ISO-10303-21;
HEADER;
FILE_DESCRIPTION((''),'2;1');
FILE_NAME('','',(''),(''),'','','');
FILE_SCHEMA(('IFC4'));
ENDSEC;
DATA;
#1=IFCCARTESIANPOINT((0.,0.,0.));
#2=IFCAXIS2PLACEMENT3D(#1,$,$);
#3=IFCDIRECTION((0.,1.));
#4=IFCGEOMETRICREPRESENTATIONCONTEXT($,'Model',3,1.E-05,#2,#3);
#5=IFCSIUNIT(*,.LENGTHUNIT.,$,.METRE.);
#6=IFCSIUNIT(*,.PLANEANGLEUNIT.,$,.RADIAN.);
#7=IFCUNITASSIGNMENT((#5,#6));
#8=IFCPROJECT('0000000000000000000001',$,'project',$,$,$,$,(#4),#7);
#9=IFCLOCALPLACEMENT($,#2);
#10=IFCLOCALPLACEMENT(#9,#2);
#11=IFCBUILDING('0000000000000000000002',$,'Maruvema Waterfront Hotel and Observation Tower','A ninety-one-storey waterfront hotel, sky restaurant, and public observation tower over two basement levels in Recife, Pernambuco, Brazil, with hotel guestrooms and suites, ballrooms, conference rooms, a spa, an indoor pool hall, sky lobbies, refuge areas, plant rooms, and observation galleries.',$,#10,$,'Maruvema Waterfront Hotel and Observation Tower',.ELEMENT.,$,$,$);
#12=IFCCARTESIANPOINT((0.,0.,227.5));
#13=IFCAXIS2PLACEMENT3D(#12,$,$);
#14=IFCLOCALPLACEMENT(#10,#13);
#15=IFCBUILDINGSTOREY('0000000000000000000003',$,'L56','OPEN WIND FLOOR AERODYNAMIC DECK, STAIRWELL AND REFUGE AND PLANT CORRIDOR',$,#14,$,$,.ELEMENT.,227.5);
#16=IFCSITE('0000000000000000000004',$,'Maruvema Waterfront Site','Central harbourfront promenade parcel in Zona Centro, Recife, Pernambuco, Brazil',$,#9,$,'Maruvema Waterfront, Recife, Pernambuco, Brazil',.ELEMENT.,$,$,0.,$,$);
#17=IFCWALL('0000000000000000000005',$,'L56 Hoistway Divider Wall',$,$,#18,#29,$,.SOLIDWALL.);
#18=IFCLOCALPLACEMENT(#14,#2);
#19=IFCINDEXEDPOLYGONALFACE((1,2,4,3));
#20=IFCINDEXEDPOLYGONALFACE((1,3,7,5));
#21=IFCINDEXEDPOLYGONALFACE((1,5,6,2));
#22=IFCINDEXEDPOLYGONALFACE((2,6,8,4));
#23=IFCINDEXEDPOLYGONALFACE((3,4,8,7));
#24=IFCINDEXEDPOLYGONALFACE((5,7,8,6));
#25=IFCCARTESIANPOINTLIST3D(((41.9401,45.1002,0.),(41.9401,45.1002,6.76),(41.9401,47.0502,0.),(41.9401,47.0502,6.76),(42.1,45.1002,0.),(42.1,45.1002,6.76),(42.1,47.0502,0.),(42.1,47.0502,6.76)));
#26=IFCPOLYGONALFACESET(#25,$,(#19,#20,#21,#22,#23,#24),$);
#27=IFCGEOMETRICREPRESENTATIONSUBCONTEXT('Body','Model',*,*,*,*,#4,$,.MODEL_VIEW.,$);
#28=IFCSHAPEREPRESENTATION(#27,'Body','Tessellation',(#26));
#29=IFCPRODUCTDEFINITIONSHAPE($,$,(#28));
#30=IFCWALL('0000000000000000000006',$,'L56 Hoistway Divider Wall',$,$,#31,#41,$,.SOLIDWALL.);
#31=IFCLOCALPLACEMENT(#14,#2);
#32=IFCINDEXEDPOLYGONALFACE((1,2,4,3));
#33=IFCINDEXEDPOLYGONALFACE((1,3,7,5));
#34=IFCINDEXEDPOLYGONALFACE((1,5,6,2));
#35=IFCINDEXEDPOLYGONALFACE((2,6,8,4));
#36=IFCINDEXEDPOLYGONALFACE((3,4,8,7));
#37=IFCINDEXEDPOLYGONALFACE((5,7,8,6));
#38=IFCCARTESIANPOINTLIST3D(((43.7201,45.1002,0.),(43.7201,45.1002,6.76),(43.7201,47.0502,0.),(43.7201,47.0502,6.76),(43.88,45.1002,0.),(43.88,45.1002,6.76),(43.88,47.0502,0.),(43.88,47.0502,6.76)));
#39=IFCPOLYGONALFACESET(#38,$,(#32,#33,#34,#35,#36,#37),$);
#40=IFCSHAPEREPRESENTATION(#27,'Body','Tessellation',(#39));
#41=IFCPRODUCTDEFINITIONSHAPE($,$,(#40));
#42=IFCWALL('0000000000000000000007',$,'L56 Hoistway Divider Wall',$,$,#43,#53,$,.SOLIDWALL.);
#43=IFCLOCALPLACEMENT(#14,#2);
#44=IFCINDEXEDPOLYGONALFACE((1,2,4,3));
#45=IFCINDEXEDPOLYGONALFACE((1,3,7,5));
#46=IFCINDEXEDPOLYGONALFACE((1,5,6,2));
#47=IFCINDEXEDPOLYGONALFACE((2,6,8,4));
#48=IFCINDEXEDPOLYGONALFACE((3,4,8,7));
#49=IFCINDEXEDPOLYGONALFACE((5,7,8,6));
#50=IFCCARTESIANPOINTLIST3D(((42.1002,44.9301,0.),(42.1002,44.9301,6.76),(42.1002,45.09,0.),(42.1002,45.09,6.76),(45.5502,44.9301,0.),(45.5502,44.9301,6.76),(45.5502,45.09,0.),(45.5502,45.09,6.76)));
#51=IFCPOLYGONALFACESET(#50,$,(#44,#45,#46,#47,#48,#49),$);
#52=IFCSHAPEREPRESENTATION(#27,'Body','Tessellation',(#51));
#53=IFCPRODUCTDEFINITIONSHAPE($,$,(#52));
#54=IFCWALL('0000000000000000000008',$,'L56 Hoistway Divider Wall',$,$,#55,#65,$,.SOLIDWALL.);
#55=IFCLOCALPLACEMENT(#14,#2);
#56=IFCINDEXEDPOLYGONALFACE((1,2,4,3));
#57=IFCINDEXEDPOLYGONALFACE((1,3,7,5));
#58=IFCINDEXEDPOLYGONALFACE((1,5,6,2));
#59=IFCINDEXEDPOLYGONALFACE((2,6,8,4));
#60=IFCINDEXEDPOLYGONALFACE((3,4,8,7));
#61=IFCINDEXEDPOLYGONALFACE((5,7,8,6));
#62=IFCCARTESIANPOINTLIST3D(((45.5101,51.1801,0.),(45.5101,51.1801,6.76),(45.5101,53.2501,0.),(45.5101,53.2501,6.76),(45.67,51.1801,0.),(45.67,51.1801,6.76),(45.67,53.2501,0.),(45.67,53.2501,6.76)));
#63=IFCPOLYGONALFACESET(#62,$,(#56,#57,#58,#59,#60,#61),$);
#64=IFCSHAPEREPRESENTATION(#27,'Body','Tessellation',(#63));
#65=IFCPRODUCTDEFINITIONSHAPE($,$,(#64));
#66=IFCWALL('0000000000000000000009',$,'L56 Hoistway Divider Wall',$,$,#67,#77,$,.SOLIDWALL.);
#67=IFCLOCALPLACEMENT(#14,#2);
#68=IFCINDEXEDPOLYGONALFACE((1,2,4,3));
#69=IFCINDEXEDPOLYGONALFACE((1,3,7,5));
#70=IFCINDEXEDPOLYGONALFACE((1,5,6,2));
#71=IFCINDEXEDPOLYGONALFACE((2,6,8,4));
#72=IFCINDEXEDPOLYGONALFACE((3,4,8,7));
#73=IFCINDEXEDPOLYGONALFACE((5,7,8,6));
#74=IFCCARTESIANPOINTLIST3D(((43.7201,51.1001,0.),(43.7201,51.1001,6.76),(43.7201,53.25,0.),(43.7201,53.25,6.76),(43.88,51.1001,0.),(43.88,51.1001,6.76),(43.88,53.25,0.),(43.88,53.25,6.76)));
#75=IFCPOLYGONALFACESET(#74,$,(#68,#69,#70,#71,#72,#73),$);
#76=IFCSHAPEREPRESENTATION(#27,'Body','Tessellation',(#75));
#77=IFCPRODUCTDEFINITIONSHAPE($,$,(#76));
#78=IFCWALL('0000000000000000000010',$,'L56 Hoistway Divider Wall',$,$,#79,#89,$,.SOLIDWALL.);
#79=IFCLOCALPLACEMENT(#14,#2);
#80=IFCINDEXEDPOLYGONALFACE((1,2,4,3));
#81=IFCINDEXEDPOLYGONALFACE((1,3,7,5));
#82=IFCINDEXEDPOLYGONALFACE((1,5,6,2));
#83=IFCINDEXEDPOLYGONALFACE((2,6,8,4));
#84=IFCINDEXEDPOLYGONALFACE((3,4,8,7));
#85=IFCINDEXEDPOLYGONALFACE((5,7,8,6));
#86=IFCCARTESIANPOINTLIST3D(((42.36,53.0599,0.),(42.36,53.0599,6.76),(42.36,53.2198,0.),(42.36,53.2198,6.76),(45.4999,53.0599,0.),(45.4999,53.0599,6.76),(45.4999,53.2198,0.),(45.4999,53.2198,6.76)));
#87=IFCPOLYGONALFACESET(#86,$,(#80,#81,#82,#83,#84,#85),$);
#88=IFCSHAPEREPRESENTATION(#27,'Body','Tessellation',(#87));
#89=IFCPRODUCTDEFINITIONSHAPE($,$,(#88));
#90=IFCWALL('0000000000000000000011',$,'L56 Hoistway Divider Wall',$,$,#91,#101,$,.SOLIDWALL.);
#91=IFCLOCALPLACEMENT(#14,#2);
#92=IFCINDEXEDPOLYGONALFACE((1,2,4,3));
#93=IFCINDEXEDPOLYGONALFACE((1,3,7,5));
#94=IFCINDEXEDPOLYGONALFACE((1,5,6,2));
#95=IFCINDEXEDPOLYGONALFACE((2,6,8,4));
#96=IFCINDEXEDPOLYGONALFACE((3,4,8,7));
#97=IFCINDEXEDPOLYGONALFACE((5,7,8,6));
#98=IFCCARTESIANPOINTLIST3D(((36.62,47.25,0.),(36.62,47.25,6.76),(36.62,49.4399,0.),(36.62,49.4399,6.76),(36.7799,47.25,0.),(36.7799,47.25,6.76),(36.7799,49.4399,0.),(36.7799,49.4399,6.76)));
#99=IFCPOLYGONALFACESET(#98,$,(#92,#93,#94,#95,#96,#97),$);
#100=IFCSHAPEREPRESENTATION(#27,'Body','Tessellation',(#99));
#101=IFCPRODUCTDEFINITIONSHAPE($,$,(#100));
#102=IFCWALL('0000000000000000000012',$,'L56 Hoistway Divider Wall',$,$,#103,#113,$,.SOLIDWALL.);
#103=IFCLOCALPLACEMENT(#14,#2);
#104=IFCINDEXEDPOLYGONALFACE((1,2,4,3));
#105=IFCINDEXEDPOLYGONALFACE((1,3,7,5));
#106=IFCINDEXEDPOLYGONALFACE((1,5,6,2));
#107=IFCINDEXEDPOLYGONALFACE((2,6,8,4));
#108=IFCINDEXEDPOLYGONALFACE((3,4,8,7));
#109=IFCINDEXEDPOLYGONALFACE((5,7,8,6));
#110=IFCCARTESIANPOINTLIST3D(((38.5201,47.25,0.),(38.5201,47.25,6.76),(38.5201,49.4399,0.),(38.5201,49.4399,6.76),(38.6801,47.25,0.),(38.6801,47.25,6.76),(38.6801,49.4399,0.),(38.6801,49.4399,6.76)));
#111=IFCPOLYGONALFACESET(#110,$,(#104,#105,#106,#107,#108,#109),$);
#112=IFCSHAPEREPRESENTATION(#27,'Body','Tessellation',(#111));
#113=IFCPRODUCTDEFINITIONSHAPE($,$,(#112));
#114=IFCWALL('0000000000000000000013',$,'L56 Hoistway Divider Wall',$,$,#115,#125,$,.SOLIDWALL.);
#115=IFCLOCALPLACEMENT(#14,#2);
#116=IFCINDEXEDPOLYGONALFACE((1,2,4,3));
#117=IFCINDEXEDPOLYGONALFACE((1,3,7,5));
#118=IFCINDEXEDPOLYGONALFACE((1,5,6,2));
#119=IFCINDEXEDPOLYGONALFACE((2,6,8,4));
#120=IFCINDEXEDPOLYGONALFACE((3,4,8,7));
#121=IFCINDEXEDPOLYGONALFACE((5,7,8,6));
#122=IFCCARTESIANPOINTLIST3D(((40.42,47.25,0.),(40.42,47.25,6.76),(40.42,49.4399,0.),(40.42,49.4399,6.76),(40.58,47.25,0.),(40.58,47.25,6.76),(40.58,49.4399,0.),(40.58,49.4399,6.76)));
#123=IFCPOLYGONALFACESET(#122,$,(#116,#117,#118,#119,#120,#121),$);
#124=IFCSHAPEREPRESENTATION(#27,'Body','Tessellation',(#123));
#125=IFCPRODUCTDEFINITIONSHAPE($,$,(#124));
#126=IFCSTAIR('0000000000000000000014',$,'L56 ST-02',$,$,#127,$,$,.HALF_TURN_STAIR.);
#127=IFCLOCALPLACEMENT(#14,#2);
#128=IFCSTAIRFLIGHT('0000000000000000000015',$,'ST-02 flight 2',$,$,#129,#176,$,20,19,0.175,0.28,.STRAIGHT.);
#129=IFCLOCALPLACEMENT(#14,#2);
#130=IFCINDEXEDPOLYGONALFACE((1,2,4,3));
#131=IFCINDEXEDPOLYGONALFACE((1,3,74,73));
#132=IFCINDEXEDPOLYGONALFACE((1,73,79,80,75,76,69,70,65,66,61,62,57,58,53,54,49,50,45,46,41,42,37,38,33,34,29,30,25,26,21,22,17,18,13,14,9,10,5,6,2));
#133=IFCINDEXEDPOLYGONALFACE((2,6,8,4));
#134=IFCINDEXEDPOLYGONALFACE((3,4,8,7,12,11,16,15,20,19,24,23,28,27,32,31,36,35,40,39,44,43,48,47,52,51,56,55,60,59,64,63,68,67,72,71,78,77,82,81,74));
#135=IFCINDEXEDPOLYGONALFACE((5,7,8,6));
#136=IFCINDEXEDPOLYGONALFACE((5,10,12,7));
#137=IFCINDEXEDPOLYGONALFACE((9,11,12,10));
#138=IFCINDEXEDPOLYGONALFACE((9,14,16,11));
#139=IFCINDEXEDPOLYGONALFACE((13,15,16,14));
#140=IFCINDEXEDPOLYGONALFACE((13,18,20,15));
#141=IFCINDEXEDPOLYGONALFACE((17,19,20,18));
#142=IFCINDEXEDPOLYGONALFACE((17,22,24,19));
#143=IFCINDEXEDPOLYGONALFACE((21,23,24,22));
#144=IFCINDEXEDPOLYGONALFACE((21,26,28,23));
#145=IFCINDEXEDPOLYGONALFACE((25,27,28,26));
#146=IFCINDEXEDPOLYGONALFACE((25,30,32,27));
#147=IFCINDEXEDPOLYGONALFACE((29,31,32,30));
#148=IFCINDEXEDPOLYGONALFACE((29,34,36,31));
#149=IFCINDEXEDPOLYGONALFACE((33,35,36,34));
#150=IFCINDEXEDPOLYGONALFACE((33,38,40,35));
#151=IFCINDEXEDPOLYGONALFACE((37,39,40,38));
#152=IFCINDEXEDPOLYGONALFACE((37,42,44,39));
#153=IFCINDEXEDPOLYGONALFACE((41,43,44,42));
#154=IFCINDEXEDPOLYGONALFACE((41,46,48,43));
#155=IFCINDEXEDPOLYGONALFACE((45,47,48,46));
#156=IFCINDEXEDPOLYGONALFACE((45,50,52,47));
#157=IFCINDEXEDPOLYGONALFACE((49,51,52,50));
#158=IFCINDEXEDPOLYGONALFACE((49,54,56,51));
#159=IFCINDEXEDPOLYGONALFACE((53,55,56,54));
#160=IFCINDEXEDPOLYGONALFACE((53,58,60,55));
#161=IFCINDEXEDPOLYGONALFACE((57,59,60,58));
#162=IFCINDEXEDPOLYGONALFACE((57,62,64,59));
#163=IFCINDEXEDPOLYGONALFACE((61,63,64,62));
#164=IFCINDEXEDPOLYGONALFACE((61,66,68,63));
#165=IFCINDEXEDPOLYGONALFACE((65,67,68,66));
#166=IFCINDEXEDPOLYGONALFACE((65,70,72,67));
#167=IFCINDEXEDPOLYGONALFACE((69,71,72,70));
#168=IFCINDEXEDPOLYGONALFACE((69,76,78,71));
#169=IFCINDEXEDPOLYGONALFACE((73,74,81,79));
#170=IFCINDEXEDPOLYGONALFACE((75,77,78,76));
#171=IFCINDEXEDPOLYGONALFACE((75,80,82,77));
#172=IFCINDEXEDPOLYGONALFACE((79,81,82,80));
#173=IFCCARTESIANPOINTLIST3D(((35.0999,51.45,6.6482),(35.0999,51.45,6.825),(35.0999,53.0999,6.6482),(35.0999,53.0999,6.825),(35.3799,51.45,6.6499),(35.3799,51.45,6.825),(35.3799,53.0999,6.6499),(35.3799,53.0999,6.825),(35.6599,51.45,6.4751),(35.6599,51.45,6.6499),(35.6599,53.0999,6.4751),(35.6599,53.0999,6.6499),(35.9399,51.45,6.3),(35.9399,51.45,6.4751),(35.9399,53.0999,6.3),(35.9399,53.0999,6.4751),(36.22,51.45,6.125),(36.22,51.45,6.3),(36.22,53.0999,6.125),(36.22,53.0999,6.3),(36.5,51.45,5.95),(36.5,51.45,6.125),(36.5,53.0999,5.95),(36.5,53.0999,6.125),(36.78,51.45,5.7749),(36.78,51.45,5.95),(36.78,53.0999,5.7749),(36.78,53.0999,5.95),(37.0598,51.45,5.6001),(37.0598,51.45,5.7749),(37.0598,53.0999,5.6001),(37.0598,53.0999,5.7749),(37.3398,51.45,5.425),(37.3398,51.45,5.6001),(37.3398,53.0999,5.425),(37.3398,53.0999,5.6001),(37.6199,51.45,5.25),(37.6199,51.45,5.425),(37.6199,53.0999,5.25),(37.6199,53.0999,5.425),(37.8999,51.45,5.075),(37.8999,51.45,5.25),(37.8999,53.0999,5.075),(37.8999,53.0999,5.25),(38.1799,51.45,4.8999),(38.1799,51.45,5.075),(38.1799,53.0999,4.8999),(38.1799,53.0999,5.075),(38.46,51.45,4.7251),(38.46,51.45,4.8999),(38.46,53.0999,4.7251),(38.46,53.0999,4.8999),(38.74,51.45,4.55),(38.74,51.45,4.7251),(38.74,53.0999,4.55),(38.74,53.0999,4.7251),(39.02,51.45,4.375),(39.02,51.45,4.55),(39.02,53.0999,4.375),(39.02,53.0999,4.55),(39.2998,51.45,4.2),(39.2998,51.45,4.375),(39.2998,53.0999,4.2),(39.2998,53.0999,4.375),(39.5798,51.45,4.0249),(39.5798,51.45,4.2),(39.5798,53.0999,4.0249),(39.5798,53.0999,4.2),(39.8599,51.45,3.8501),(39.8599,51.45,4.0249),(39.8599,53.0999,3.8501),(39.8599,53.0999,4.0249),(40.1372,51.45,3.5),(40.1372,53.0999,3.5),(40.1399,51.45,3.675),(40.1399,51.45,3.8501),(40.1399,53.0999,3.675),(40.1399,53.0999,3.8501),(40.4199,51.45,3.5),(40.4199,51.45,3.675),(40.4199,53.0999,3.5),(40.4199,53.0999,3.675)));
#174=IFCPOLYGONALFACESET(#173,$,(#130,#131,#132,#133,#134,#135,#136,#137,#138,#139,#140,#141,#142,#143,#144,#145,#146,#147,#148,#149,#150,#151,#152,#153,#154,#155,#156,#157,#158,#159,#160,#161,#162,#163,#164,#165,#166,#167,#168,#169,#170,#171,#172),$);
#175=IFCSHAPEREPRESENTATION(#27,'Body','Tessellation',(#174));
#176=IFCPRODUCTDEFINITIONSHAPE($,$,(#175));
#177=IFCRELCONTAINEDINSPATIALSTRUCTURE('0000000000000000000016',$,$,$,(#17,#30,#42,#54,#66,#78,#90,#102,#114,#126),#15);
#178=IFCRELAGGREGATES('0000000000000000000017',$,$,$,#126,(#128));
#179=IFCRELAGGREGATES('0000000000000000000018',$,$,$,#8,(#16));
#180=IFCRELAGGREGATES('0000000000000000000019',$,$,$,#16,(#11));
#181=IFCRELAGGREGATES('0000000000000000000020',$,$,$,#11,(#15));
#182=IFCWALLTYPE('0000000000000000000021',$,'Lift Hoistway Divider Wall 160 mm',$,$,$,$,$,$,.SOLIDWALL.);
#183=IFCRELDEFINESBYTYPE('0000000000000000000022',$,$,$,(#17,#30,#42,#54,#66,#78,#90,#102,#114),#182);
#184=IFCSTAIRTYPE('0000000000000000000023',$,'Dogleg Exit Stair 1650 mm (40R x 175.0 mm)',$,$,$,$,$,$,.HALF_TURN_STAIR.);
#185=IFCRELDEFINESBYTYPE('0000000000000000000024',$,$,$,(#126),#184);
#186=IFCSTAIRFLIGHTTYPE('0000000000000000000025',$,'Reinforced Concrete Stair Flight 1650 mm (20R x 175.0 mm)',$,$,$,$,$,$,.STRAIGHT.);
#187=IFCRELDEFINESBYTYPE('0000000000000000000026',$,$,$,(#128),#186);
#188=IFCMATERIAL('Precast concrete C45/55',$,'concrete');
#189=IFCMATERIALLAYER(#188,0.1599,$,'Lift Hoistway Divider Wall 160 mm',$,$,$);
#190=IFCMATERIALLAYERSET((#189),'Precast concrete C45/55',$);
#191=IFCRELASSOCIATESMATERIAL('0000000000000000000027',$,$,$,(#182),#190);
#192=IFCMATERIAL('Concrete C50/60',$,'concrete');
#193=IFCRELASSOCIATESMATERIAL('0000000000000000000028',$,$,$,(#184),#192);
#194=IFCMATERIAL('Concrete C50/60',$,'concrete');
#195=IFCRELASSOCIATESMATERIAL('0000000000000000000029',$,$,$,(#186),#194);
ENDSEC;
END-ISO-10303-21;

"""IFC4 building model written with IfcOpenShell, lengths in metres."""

from ifc_helpers import new_model, si_unit, direction, frame, frame_2d, origin, place, context, subcontext, project, spatial, polyline, rectangle, outline, extrude, material, layer, layer_set, type_object, element, aggregate, save


model = new_model("IFC4")

# Units and contexts
model_context = context("Model", 3, precision=1e-05, world=origin(), true_north=direction((0.0, 1.0)))
body_context = subcontext(model_context, "Body", "Model", "MODEL_VIEW")
ifc_project = project(units=[si_unit("LENGTHUNIT", "METRE"), si_unit("PLANEANGLEUNIT", "RADIAN")], contexts=[model_context])

# Site, building, storey
site_placement = place(None, origin())
site = spatial("IfcSite", under=ifc_project, at=site_placement, Name="Maruvema Waterfront Site", Description="Central harbourfront promenade parcel in Zona Centro, Recife, Pernambuco, Brazil", LongName="Maruvema Waterfront, Recife, Pernambuco, Brazil", CompositionType="ELEMENT", RefElevation=0.0)
building_placement = place(site_placement, origin())
building = spatial("IfcBuilding", under=site, at=building_placement, Name="Maruvema Waterfront Hotel and Observation Tower", Description="A ninety-one-storey waterfront hotel, sky restaurant, and public observation tower over two basement levels in Recife, Pernambuco, Brazil, with hotel guestrooms and suites, ballrooms, conference rooms, a spa, an indoor pool hall, sky lobbies, refuge areas, plant rooms, and observation galleries.", LongName="Maruvema Waterfront Hotel and Observation Tower", CompositionType="ELEMENT")
storey_placement = place(building_placement, frame((0.0, 0.0, 227.5)))
storey = spatial("IfcBuildingStorey", under=building, at=storey_placement, Name="L56", Description="OPEN WIND FLOOR AERODYNAMIC DECK, STAIRWELL AND REFUGE AND PLANT CORRIDOR", CompositionType="ELEMENT", Elevation=227.5)

# Walls
ifc_material_1 = material(Name="Precast concrete C45/55", Category="concrete")
ifc_layer_1 = layer(ifc_material_1, 0.1599, Name="Lift Hoistway Divider Wall 160 mm")
ifc_layer_set_1 = layer_set([ifc_layer_1], Name="Precast concrete C45/55")
wall_type_1 = type_object("IfcWallType", Name="Lift Hoistway Divider Wall 160 mm", PredefinedType="SOLIDWALL", material=ifc_layer_set_1)
for number, where, z_axis, x_axis, name in (
    (1, (42.02, 45.1001, 0.0), (0.0, 0.0, 1.0), (0.0, 1.0, 0.0), "L56 Hoistway Divider Wall"),
    (2, (43.8, 45.1001, 0.0), (0.0, 0.0, 1.0), (0.0, 1.0, 0.0), "L56 Hoistway Divider Wall"),
):
    element("IfcWall", number, at=place(storey_placement, frame(where, z_axis=z_axis, x_axis=x_axis)), inside=storey, type_object=wall_type_1, Name=name, PredefinedType="SOLIDWALL", context=body_context, shape_type="SweptSolid", body=[
        extrude(rectangle(XDim=1.95, YDim=0.1599, at=frame_2d((0.9751, 0.0))), origin(), (0.0, 0.0, 1.0), 6.76),
    ])
wall_1_placement = place(storey_placement, frame((42.1001, 45.01, 0.0), z_axis=(0.0, 0.0, 1.0), x_axis=(1.0, 0.0, 0.0)))
element("IfcWall", 3, at=wall_1_placement, inside=storey, type_object=wall_type_1, Name="L56 Hoistway Divider Wall", PredefinedType="SOLIDWALL", context=body_context, shape_type="SweptSolid", body=[
    extrude(rectangle(XDim=3.45, YDim=0.1599, at=frame_2d((1.7251, 0.0))), origin(), (0.0, 0.0, 1.0), 6.76),
])
wall_2_placement = place(storey_placement, frame((45.5901, 51.1799, 0.0), z_axis=(0.0, 0.0, 1.0), x_axis=(0.0, 1.0, 0.0)))
element("IfcWall", 4, at=wall_2_placement, inside=storey, type_object=wall_type_1, Name="L56 Hoistway Divider Wall", PredefinedType="SOLIDWALL", context=body_context, shape_type="SweptSolid", body=[
    extrude(rectangle(XDim=2.0701, YDim=0.1599, at=frame_2d((1.0352, 0.0))), origin(), (0.0, 0.0, 1.0), 6.76),
])
wall_3_placement = place(storey_placement, frame((43.8, 51.1001, 0.0), z_axis=(0.0, 0.0, 1.0), x_axis=(0.0, 1.0, 0.0)))
element("IfcWall", 5, at=wall_3_placement, inside=storey, type_object=wall_type_1, Name="L56 Hoistway Divider Wall", PredefinedType="SOLIDWALL", context=body_context, shape_type="SweptSolid", body=[
    extrude(rectangle(XDim=2.1499, YDim=0.1599, at=frame_2d((1.075, 0.0))), origin(), (0.0, 0.0, 1.0), 6.76),
])
wall_4_placement = place(storey_placement, frame((42.3601, 53.1399, 0.0), z_axis=(0.0, 0.0, 1.0), x_axis=(1.0, 0.0, 0.0)))
element("IfcWall", 6, at=wall_4_placement, inside=storey, type_object=wall_type_1, Name="L56 Hoistway Divider Wall", PredefinedType="SOLIDWALL", context=body_context, shape_type="SweptSolid", body=[
    extrude(rectangle(XDim=3.1399, YDim=0.1599, at=frame_2d((1.5698, 0.0))), origin(), (0.0, 0.0, 1.0), 6.76),
])
for number, where, z_axis, x_axis, name in (
    (7, (36.7, 47.25, 0.0), (0.0, 0.0, 1.0), (0.0, 1.0, 0.0), "L56 Hoistway Divider Wall"),
    (8, (38.6001, 47.25, 0.0), (0.0, 0.0, 1.0), (0.0, 1.0, 0.0), "L56 Hoistway Divider Wall"),
    (9, (40.5, 47.25, 0.0), (0.0, 0.0, 1.0), (0.0, 1.0, 0.0), "L56 Hoistway Divider Wall"),
):
    element("IfcWall", number, at=place(storey_placement, frame(where, z_axis=z_axis, x_axis=x_axis)), inside=storey, type_object=wall_type_1, Name=name, PredefinedType="SOLIDWALL", context=body_context, shape_type="SweptSolid", body=[
        extrude(rectangle(XDim=2.1899, YDim=0.1599, at=frame_2d((1.095, 0.0))), origin(), (0.0, 0.0, 1.0), 6.76),
    ])

# Stair, stair flight
ifc_material_2 = material(Name="Concrete C50/60", Category="concrete")
stair_type = type_object("IfcStairType", Name="Dogleg Exit Stair 1650 mm (40R x 175.0 mm)", PredefinedType="HALF_TURN_STAIR", material=ifc_material_2)
stair_1_placement = place(storey_placement, origin())
stair_1 = element("IfcStair", 10, at=stair_1_placement, inside=storey, type_object=stair_type, Name="L56 ST-02", PredefinedType="HALF_TURN_STAIR")
ifc_material_3 = material(Name="Concrete C50/60", Category="concrete")
stair_flight_type = type_object("IfcStairFlightType", Name="Reinforced Concrete Stair Flight 1650 mm (20R x 175.0 mm)", PredefinedType="STRAIGHT", material=ifc_material_3)
stair_flight_1_placement = place(storey_placement, frame((40.4199, 52.2749, 3.5), z_axis=(0.0, 0.0, 1.0), x_axis=(-1.0, 0.0, 0.0)))
stair_flight_1 = element("IfcStairFlight", 11, at=stair_flight_1_placement, type_object=stair_flight_type, Name="ST-02 flight 2", NumberOfRisers=20, NumberOfTreads=19, PredefinedType="STRAIGHT", RiserHeight=0.175, TreadLength=0.28, context=body_context, shape_type="SweptSolid", body=[
    extrude(outline(polyline([(0.0, 0.0), (0.0, 0.175), (0.28, 0.175), (0.28, 0.3501), (0.5601, 0.3501), (0.5601, 0.5249), (0.8401, 0.5249), (0.8401, 0.7), (1.1201, 0.7), (1.1201, 0.875), (1.3999, 0.875), (1.3999, 1.05), (1.6799, 1.05), (1.6799, 1.2251), (1.96, 1.2251), (1.96, 1.3999), (2.24, 1.3999), (2.24, 1.575), (2.52, 1.575), (2.52, 1.75), (2.8, 1.75), (2.8, 1.925), (3.0801, 1.925), (3.0801, 2.1001), (3.3601, 2.1001), (3.3601, 2.2749), (3.6399, 2.2749), (3.6399, 2.45), (3.9199, 2.45), (3.9199, 2.625), (4.2, 2.625), (4.2, 2.8), (4.48, 2.8), (4.48, 2.9751), (4.76, 2.9751), (4.76, 3.1499), (5.04, 3.1499), (5.04, 3.325), (5.3201, 3.325), (5.3201, 3.5), (5.3201, 3.1482), (0.2827, 0.0), (0.0, 0.0)])), frame((0.0, 0.825, 0.0), z_axis=(0.0, -1.0, 0.0), x_axis=(1.0, 0.0, 0.0)), (0.0, 0.0, 1.0), 1.6499),
])
aggregate(stair_1, [stair_flight_1])

save(model, "model.ifc")
